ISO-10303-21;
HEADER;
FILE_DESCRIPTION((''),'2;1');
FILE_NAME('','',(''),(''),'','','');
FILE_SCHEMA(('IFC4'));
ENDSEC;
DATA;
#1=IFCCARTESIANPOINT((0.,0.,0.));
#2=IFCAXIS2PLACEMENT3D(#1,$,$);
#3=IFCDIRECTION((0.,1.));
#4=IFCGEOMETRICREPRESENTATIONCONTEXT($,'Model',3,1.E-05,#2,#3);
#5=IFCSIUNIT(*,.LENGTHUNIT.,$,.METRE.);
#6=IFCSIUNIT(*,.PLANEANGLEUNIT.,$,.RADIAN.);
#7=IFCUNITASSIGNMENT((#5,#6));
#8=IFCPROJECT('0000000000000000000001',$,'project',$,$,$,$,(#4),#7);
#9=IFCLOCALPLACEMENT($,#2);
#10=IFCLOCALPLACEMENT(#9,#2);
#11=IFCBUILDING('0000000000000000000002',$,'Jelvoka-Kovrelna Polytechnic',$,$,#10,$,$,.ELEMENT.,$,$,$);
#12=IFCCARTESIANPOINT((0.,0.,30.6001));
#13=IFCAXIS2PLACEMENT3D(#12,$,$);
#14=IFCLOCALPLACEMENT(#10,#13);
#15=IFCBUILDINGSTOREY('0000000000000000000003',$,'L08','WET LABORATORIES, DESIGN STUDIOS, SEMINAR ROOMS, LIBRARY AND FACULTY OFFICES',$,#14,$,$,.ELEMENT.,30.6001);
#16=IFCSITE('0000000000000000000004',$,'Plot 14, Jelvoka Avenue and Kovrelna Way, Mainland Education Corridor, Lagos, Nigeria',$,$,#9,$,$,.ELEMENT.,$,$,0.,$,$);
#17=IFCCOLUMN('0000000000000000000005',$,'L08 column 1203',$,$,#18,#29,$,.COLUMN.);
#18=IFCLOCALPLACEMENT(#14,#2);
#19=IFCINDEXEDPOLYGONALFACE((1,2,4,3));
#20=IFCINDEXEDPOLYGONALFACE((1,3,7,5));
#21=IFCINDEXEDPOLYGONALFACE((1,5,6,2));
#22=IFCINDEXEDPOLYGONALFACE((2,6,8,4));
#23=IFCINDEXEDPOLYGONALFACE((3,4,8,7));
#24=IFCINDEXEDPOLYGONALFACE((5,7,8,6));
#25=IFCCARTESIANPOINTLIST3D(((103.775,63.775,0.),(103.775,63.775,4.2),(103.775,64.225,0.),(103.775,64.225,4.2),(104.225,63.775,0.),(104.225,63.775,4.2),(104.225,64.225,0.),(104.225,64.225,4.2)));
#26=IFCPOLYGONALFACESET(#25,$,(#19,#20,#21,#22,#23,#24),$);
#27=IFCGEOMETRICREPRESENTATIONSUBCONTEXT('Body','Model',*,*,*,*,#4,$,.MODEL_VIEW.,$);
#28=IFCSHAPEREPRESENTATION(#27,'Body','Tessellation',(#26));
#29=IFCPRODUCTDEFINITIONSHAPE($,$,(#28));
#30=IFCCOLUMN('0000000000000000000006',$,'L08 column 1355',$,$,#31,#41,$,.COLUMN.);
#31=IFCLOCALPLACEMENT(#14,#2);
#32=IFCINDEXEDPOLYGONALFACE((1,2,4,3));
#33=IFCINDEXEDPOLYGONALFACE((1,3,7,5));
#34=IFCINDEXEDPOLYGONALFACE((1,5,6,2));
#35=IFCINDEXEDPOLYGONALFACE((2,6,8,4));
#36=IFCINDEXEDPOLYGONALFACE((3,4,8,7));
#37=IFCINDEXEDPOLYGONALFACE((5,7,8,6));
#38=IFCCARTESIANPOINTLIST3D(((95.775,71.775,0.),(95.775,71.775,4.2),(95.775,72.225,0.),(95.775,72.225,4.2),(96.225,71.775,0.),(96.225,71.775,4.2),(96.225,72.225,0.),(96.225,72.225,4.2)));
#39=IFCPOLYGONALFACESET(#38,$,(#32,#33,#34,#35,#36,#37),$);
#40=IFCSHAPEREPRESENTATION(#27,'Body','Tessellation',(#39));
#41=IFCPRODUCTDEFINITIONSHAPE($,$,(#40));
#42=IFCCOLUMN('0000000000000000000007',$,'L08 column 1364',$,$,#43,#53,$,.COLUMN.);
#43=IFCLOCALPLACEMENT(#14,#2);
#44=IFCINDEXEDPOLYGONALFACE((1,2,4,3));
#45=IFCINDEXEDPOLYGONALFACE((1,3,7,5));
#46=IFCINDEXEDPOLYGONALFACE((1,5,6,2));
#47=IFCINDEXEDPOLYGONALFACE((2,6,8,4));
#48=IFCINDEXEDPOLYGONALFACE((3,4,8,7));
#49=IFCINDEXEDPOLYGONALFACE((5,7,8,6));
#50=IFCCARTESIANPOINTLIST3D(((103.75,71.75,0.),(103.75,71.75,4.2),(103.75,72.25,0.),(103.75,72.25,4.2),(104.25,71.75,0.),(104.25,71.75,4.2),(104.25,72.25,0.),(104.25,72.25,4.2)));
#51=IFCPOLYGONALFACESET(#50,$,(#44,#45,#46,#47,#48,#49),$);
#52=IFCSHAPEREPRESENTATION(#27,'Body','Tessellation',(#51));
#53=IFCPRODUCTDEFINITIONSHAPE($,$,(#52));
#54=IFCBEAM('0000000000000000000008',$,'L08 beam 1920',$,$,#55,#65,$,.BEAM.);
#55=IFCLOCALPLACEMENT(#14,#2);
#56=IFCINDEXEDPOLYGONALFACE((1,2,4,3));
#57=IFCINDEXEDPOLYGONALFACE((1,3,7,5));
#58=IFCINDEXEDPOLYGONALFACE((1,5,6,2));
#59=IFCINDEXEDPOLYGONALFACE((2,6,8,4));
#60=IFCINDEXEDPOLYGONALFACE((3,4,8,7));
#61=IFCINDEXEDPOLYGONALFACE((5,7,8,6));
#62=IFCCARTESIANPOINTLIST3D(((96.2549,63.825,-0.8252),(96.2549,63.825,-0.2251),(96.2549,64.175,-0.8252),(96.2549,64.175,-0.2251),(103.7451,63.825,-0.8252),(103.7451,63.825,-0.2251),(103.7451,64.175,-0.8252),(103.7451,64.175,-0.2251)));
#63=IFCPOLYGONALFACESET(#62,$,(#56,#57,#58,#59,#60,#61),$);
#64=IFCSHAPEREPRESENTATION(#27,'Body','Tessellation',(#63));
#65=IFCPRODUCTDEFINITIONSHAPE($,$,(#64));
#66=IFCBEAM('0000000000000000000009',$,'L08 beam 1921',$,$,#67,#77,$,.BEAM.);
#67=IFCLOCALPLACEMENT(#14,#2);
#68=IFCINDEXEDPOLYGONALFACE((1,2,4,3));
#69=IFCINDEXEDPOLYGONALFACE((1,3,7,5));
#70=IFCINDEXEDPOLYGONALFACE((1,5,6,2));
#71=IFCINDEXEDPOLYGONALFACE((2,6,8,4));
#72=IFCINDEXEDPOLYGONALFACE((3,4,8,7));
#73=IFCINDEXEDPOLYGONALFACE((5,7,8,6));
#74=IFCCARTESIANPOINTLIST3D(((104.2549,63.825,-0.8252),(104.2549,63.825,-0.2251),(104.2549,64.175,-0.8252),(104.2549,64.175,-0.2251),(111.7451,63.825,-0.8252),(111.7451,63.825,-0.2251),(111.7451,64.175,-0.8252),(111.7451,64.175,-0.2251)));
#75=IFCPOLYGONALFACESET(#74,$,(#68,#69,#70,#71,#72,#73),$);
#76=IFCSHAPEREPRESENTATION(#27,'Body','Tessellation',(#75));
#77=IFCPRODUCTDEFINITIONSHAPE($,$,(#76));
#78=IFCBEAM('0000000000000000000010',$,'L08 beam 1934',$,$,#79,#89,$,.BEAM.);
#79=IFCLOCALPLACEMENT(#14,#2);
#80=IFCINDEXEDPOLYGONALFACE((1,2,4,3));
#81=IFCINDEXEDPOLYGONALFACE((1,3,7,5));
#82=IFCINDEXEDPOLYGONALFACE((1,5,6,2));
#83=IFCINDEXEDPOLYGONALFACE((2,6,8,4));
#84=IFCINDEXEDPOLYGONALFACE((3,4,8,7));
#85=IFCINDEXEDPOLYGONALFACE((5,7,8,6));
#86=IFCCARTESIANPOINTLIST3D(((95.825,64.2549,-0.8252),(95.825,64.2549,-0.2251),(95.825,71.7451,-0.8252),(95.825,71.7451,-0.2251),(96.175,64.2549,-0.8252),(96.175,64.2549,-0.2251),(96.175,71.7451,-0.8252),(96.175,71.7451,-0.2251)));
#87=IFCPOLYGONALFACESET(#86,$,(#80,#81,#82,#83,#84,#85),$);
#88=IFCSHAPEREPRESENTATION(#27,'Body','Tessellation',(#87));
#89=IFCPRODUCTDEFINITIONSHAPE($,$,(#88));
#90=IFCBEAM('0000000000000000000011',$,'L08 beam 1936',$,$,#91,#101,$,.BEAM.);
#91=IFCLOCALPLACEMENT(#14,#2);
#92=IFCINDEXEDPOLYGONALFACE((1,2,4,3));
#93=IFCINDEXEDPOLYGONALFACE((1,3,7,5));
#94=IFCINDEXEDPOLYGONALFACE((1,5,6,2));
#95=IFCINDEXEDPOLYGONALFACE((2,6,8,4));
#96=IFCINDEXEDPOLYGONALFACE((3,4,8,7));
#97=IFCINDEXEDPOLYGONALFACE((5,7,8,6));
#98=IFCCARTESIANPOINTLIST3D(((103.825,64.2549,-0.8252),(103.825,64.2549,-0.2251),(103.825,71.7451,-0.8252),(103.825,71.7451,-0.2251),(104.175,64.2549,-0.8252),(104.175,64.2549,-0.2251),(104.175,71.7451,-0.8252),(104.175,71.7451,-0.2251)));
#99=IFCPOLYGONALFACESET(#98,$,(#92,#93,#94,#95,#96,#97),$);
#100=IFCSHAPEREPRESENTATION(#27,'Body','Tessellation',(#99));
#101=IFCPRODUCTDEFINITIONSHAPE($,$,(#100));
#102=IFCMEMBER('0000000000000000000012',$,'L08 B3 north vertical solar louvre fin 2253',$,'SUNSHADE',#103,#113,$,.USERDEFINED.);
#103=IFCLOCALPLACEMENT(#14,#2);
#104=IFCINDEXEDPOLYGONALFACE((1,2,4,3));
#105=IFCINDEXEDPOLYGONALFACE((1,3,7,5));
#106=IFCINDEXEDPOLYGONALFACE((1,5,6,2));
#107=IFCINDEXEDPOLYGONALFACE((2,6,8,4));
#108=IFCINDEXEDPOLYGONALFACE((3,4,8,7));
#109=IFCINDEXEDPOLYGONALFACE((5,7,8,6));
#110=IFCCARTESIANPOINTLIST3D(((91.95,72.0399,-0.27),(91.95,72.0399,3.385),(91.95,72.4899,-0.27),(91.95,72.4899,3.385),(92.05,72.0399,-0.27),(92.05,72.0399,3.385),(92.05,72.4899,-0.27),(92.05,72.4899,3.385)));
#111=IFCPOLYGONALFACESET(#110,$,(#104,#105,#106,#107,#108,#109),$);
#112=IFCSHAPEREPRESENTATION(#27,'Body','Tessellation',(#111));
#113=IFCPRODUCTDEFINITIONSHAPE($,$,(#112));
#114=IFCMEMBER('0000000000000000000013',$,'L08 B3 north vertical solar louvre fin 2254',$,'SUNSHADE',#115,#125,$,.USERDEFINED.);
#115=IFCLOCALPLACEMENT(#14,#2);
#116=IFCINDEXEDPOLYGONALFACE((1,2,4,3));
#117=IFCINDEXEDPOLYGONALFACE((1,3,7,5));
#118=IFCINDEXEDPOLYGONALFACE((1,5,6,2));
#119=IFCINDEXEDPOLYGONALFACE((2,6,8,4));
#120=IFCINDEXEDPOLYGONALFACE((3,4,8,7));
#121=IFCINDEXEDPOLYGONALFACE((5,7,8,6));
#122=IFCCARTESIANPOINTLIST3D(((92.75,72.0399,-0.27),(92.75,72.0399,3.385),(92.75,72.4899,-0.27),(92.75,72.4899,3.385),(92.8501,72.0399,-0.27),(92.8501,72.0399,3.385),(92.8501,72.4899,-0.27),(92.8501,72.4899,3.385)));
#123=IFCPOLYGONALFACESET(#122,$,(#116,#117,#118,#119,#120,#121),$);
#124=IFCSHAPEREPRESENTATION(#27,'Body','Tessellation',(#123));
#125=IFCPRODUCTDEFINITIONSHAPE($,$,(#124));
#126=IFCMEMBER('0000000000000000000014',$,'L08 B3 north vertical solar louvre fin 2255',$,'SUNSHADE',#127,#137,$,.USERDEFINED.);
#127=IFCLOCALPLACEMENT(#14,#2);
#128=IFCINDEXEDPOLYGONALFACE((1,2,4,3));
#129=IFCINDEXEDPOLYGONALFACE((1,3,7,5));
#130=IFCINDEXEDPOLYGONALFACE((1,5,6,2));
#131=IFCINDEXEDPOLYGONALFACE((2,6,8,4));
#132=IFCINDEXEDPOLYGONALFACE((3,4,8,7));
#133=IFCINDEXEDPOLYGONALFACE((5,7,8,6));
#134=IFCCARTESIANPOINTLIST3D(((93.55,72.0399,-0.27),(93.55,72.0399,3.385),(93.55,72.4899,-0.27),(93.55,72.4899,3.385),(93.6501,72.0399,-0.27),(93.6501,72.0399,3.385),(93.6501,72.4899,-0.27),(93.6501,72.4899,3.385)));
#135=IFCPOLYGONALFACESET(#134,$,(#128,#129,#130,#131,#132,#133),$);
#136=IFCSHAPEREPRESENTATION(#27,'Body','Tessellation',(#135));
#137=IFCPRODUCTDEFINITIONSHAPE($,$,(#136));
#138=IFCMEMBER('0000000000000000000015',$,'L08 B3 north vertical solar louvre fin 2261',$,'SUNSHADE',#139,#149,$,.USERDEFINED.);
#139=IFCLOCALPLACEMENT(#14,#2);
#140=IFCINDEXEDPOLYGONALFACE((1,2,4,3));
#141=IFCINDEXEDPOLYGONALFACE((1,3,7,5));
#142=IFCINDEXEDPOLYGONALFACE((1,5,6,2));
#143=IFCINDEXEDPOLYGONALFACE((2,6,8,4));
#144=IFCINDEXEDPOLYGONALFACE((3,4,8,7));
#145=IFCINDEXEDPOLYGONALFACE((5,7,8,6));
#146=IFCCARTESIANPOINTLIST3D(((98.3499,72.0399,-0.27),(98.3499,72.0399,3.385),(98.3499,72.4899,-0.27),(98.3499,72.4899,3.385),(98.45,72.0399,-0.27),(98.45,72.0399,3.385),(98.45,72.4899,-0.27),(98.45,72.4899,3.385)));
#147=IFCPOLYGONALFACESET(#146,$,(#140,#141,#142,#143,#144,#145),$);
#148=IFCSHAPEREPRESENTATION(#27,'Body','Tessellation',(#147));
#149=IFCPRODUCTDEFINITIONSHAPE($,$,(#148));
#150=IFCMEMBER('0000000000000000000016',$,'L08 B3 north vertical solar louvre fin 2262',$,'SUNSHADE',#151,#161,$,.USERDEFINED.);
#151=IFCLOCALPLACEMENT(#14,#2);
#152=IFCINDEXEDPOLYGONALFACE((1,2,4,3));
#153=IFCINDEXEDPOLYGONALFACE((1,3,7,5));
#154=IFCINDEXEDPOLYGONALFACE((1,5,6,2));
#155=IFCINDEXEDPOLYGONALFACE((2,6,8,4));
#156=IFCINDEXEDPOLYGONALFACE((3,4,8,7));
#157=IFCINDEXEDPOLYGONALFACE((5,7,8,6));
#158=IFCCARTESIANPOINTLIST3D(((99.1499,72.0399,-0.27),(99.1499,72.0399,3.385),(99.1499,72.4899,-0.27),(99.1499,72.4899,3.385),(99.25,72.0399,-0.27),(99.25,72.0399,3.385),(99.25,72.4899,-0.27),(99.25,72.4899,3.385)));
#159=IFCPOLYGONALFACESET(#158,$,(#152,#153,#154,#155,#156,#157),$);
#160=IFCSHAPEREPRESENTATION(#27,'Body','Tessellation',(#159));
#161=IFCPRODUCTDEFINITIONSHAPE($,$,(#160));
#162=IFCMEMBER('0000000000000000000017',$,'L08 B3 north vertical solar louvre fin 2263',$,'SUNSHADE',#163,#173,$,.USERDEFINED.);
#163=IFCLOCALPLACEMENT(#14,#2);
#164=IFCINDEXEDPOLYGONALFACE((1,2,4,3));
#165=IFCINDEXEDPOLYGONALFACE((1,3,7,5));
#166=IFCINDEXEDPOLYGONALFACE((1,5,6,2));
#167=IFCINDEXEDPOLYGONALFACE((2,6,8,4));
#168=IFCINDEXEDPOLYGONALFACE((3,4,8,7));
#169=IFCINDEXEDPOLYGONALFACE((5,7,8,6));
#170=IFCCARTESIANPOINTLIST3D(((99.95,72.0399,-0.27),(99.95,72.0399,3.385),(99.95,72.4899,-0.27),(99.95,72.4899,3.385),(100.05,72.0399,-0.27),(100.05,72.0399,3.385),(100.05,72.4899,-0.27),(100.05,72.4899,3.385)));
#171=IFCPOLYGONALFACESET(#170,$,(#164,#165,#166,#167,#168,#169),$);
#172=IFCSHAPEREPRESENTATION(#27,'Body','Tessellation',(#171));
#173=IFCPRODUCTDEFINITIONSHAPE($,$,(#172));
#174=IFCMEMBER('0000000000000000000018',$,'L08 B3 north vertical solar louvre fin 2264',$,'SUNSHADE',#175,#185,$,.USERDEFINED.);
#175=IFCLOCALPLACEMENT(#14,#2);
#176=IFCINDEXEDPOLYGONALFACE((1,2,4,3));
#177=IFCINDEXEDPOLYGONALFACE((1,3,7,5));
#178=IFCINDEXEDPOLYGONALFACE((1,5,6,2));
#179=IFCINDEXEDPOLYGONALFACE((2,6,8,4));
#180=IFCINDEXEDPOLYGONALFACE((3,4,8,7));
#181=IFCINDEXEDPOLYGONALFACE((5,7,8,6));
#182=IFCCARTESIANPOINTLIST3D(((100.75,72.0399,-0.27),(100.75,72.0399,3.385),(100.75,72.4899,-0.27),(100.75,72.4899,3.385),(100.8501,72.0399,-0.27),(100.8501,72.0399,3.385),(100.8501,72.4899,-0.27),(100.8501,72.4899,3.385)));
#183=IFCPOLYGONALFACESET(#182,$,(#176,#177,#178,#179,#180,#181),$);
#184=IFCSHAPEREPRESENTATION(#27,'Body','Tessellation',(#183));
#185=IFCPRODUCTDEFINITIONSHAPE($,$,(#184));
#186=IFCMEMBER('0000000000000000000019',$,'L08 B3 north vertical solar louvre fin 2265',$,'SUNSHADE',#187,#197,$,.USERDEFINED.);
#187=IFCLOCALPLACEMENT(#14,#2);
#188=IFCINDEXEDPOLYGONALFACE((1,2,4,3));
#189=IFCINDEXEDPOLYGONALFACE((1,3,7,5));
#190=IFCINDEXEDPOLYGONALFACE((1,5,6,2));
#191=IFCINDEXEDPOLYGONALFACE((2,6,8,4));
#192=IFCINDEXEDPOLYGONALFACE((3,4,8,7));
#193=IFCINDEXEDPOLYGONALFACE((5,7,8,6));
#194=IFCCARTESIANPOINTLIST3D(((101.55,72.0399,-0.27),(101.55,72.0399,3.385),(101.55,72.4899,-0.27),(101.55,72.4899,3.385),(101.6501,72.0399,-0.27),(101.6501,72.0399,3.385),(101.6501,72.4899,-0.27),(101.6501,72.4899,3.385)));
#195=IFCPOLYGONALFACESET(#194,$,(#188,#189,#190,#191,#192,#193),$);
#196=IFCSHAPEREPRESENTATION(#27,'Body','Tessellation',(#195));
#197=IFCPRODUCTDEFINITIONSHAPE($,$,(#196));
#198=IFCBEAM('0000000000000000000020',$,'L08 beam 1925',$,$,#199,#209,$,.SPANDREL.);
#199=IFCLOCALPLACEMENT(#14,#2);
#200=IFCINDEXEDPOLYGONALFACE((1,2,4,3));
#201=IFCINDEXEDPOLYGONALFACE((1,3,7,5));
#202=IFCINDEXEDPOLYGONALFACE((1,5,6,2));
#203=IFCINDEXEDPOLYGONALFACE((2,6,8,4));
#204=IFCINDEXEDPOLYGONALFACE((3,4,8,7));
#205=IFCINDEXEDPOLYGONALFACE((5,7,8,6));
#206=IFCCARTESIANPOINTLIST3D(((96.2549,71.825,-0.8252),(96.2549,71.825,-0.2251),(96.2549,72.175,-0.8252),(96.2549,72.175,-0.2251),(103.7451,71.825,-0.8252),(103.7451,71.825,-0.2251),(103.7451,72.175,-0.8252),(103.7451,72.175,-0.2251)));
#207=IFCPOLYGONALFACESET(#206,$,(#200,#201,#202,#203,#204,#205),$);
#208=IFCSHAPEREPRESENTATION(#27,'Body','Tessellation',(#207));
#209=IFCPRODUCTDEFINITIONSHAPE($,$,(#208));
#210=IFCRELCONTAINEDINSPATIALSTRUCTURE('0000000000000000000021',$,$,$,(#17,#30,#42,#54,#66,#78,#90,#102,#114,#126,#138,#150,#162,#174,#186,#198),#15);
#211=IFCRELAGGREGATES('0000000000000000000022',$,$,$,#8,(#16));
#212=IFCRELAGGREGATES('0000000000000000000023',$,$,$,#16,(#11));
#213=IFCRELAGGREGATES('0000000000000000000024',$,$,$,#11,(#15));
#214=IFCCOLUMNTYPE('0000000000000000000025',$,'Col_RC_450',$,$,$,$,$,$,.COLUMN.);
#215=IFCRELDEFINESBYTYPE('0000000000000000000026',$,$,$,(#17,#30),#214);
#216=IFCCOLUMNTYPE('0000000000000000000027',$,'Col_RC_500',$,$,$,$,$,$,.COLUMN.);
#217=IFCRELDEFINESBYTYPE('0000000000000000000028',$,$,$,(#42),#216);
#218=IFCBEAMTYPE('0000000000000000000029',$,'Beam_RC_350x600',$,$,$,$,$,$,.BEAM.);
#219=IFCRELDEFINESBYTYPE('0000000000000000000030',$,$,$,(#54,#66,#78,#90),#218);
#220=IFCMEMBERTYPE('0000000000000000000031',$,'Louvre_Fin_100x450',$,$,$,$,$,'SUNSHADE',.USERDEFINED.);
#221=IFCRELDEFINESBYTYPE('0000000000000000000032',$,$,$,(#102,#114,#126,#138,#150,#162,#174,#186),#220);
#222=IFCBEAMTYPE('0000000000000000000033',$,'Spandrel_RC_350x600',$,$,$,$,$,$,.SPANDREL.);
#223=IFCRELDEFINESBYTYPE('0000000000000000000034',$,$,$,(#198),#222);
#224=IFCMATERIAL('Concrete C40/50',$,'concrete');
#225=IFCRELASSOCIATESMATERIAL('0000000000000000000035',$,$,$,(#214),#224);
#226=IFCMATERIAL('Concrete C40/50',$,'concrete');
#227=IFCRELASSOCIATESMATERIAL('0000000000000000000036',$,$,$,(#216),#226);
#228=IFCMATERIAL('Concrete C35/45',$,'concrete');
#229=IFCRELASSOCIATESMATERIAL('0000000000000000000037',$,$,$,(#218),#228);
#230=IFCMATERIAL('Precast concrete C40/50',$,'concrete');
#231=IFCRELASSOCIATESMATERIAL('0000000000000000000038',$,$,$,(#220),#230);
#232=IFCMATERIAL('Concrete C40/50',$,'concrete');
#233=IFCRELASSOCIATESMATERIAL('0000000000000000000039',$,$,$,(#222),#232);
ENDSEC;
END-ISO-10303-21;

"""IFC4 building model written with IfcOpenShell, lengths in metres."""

from ifc_helpers import new_model, si_unit, direction, frame, origin, origin_2d, place, context, subcontext, project, spatial, rectangle, extrude, material, material_profile, profile_set, type_object, element, save


model = new_model("IFC4")

# Units and contexts
model_context = context("Model", 3, precision=1e-05, world=origin(), true_north=direction((0.0, 1.0)))
body_context = subcontext(model_context, "Body", "Model", "MODEL_VIEW")
ifc_project = project(units=[si_unit("LENGTHUNIT", "METRE"), si_unit("PLANEANGLEUNIT", "RADIAN")], contexts=[model_context])

# Site, building, storey
site_placement = place(None, origin())
site = spatial("IfcSite", under=ifc_project, at=site_placement, Name="Plot 14, Jelvoka Avenue and Kovrelna Way, Mainland Education Corridor, Lagos, Nigeria", CompositionType="ELEMENT", RefElevation=0.0)
building_placement = place(site_placement, origin())
building = spatial("IfcBuilding", under=site, at=building_placement, Name="Jelvoka-Kovrelna Polytechnic", CompositionType="ELEMENT")
storey_placement = place(building_placement, frame((0.0, 0.0, 30.6001)))
storey = spatial("IfcBuildingStorey", under=building, at=storey_placement, Name="L08", Description="WET LABORATORIES, DESIGN STUDIOS, SEMINAR ROOMS, LIBRARY AND FACULTY OFFICES", CompositionType="ELEMENT", Elevation=30.6001)

# Columns
ifc_material_1 = material(Name="Concrete C40/50", Category="concrete")
ifc_material_profile_1 = material_profile(ifc_material_1, rectangle(XDim=0.45, YDim=0.45, at=origin_2d()), Name="RC 450x450")
ifc_profile_set_1 = profile_set([ifc_material_profile_1], Name="Concrete C40/50")
column_type_1 = type_object("IfcColumnType", Name="Col_RC_450", PredefinedType="COLUMN", material=ifc_profile_set_1)
for number, where, z_axis, x_axis, name in (
    (1, (104.0, 64.0, 0.0), (0.0, 0.0, 1.0), (1.0, 0.0, 0.0), "L08 column 1203"),
    (2, (96.0, 72.0, 0.0), (0.0, 0.0, 1.0), (1.0, 0.0, 0.0), "L08 column 1355"),
):
    element("IfcColumn", number, at=place(storey_placement, frame(where, z_axis=z_axis, x_axis=x_axis)), inside=storey, type_object=column_type_1, Name=name, PredefinedType="COLUMN", context=body_context, shape_type="SweptSolid", body=[
        extrude(rectangle(XDim=0.45, YDim=0.45, at=origin_2d()), origin(), (0.0, 0.0, 1.0), 4.2),
    ])
ifc_material_2 = material(Name="Concrete C40/50", Category="concrete")
ifc_material_profile_2 = material_profile(ifc_material_2, rectangle(XDim=0.5, YDim=0.5, at=origin_2d()), Name="RC 500x500")
ifc_profile_set_2 = profile_set([ifc_material_profile_2], Name="Concrete C40/50")
column_type_2 = type_object("IfcColumnType", Name="Col_RC_500", PredefinedType="COLUMN", material=ifc_profile_set_2)
column_placement = place(storey_placement, frame((104.0, 72.0, 0.0), z_axis=(0.0, 0.0, 1.0), x_axis=(1.0, 0.0, 0.0)))
element("IfcColumn", 3, at=column_placement, inside=storey, type_object=column_type_2, Name="L08 column 1364", PredefinedType="COLUMN", context=body_context, shape_type="SweptSolid", body=[
    extrude(rectangle(XDim=0.5, YDim=0.5, at=origin_2d()), origin(), (0.0, 0.0, 1.0), 4.2),
])

# Beams
ifc_material_3 = material(Name="Concrete C35/45", Category="concrete")
ifc_material_profile_3 = material_profile(ifc_material_3, rectangle(XDim=0.3501, YDim=0.6001, at=origin_2d()), Name="RC 350x600")
ifc_profile_set_3 = profile_set([ifc_material_profile_3], Name="Concrete C35/45")
beam_type_1 = type_object("IfcBeamType", Name="Beam_RC_350x600", PredefinedType="BEAM", material=ifc_profile_set_3)
for number, where, z_axis, x_axis, name in (
    (4, (96.2549, 64.0, -0.5251), (1.0, 0.0, 0.0), (0.0, 1.0, 0.0), "L08 beam 1920"),
    (5, (104.2549, 64.0, -0.5251), (1.0, 0.0, 0.0), (0.0, 1.0, 0.0), "L08 beam 1921"),
    (6, (96.0, 64.2549, -0.5251), (0.0, 1.0, 0.0), (-1.0, 0.0, 0.0), "L08 beam 1934"),
    (7, (104.0, 64.2549, -0.5251), (0.0, 1.0, 0.0), (-1.0, 0.0, 0.0), "L08 beam 1936"),
):
    element("IfcBeam", number, at=place(storey_placement, frame(where, z_axis=z_axis, x_axis=x_axis)), inside=storey, type_object=beam_type_1, Name=name, PredefinedType="BEAM", context=body_context, shape_type="SweptSolid", body=[
        extrude(rectangle(XDim=0.3501, YDim=0.6001, at=origin_2d()), origin(), (0.0, 0.0, 1.0), 7.4902),
    ])

# Members
ifc_material_4 = material(Name="Precast concrete C40/50", Category="concrete")
ifc_material_profile_4 = material_profile(ifc_material_4, rectangle(XDim=0.1001, YDim=0.45, at=origin_2d()), Name="PC 100x450")
ifc_profile_set_4 = profile_set([ifc_material_profile_4], Name="Precast concrete C40/50")
member_type = type_object("IfcMemberType", Name="Louvre_Fin_100x450", ElementType="SUNSHADE", PredefinedType="USERDEFINED", material=ifc_profile_set_4)
for number, where, z_axis, x_axis, name in (
    (8, (92.0, 72.2649, -0.27), (0.0, 0.0, 1.0), (1.0, 0.0, 0.0), "L08 B3 north vertical solar louvre fin 2253"),
    (9, (92.8, 72.2649, -0.27), (0.0, 0.0, 1.0), (1.0, 0.0, 0.0), "L08 B3 north vertical solar louvre fin 2254"),
    (10, (93.6001, 72.2649, -0.27), (0.0, 0.0, 1.0), (1.0, 0.0, 0.0), "L08 B3 north vertical solar louvre fin 2255"),
    (11, (98.3999, 72.2649, -0.27), (0.0, 0.0, 1.0), (1.0, 0.0, 0.0), "L08 B3 north vertical solar louvre fin 2261"),
    (12, (99.2, 72.2649, -0.27), (0.0, 0.0, 1.0), (1.0, 0.0, 0.0), "L08 B3 north vertical solar louvre fin 2262"),
    (13, (100.0, 72.2649, -0.27), (0.0, 0.0, 1.0), (1.0, 0.0, 0.0), "L08 B3 north vertical solar louvre fin 2263"),
    (14, (100.8, 72.2649, -0.27), (0.0, 0.0, 1.0), (1.0, 0.0, 0.0), "L08 B3 north vertical solar louvre fin 2264"),
    (15, (101.6001, 72.2649, -0.27), (0.0, 0.0, 1.0), (1.0, 0.0, 0.0), "L08 B3 north vertical solar louvre fin 2265"),
):
    element("IfcMember", number, at=place(storey_placement, frame(where, z_axis=z_axis, x_axis=x_axis)), inside=storey, type_object=member_type, Name=name, ObjectType="SUNSHADE", PredefinedType="USERDEFINED", context=body_context, shape_type="SweptSolid", body=[
        extrude(rectangle(XDim=0.1001, YDim=0.45, at=origin_2d()), origin(), (0.0, 0.0, 1.0), 3.655),
    ])

# Beam
ifc_material_5 = material(Name="Concrete C40/50", Category="concrete")
ifc_material_profile_5 = material_profile(ifc_material_5, rectangle(XDim=0.3501, YDim=0.6001, at=origin_2d()), Name="RC 350x600")
ifc_profile_set_5 = profile_set([ifc_material_profile_5], Name="Concrete C40/50")
beam_type_2 = type_object("IfcBeamType", Name="Spandrel_RC_350x600", PredefinedType="SPANDREL", material=ifc_profile_set_5)
beam_placement = place(storey_placement, frame((96.2549, 72.0, -0.5251), z_axis=(1.0, 0.0, 0.0), x_axis=(0.0, 1.0, 0.0)))
element("IfcBeam", 16, at=beam_placement, inside=storey, type_object=beam_type_2, Name="L08 beam 1925", PredefinedType="SPANDREL", context=body_context, shape_type="SweptSolid", body=[
    extrude(rectangle(XDim=0.3501, YDim=0.6001, at=origin_2d()), origin(), (0.0, 0.0, 1.0), 7.4902),
])

save(model, "model.ifc")
